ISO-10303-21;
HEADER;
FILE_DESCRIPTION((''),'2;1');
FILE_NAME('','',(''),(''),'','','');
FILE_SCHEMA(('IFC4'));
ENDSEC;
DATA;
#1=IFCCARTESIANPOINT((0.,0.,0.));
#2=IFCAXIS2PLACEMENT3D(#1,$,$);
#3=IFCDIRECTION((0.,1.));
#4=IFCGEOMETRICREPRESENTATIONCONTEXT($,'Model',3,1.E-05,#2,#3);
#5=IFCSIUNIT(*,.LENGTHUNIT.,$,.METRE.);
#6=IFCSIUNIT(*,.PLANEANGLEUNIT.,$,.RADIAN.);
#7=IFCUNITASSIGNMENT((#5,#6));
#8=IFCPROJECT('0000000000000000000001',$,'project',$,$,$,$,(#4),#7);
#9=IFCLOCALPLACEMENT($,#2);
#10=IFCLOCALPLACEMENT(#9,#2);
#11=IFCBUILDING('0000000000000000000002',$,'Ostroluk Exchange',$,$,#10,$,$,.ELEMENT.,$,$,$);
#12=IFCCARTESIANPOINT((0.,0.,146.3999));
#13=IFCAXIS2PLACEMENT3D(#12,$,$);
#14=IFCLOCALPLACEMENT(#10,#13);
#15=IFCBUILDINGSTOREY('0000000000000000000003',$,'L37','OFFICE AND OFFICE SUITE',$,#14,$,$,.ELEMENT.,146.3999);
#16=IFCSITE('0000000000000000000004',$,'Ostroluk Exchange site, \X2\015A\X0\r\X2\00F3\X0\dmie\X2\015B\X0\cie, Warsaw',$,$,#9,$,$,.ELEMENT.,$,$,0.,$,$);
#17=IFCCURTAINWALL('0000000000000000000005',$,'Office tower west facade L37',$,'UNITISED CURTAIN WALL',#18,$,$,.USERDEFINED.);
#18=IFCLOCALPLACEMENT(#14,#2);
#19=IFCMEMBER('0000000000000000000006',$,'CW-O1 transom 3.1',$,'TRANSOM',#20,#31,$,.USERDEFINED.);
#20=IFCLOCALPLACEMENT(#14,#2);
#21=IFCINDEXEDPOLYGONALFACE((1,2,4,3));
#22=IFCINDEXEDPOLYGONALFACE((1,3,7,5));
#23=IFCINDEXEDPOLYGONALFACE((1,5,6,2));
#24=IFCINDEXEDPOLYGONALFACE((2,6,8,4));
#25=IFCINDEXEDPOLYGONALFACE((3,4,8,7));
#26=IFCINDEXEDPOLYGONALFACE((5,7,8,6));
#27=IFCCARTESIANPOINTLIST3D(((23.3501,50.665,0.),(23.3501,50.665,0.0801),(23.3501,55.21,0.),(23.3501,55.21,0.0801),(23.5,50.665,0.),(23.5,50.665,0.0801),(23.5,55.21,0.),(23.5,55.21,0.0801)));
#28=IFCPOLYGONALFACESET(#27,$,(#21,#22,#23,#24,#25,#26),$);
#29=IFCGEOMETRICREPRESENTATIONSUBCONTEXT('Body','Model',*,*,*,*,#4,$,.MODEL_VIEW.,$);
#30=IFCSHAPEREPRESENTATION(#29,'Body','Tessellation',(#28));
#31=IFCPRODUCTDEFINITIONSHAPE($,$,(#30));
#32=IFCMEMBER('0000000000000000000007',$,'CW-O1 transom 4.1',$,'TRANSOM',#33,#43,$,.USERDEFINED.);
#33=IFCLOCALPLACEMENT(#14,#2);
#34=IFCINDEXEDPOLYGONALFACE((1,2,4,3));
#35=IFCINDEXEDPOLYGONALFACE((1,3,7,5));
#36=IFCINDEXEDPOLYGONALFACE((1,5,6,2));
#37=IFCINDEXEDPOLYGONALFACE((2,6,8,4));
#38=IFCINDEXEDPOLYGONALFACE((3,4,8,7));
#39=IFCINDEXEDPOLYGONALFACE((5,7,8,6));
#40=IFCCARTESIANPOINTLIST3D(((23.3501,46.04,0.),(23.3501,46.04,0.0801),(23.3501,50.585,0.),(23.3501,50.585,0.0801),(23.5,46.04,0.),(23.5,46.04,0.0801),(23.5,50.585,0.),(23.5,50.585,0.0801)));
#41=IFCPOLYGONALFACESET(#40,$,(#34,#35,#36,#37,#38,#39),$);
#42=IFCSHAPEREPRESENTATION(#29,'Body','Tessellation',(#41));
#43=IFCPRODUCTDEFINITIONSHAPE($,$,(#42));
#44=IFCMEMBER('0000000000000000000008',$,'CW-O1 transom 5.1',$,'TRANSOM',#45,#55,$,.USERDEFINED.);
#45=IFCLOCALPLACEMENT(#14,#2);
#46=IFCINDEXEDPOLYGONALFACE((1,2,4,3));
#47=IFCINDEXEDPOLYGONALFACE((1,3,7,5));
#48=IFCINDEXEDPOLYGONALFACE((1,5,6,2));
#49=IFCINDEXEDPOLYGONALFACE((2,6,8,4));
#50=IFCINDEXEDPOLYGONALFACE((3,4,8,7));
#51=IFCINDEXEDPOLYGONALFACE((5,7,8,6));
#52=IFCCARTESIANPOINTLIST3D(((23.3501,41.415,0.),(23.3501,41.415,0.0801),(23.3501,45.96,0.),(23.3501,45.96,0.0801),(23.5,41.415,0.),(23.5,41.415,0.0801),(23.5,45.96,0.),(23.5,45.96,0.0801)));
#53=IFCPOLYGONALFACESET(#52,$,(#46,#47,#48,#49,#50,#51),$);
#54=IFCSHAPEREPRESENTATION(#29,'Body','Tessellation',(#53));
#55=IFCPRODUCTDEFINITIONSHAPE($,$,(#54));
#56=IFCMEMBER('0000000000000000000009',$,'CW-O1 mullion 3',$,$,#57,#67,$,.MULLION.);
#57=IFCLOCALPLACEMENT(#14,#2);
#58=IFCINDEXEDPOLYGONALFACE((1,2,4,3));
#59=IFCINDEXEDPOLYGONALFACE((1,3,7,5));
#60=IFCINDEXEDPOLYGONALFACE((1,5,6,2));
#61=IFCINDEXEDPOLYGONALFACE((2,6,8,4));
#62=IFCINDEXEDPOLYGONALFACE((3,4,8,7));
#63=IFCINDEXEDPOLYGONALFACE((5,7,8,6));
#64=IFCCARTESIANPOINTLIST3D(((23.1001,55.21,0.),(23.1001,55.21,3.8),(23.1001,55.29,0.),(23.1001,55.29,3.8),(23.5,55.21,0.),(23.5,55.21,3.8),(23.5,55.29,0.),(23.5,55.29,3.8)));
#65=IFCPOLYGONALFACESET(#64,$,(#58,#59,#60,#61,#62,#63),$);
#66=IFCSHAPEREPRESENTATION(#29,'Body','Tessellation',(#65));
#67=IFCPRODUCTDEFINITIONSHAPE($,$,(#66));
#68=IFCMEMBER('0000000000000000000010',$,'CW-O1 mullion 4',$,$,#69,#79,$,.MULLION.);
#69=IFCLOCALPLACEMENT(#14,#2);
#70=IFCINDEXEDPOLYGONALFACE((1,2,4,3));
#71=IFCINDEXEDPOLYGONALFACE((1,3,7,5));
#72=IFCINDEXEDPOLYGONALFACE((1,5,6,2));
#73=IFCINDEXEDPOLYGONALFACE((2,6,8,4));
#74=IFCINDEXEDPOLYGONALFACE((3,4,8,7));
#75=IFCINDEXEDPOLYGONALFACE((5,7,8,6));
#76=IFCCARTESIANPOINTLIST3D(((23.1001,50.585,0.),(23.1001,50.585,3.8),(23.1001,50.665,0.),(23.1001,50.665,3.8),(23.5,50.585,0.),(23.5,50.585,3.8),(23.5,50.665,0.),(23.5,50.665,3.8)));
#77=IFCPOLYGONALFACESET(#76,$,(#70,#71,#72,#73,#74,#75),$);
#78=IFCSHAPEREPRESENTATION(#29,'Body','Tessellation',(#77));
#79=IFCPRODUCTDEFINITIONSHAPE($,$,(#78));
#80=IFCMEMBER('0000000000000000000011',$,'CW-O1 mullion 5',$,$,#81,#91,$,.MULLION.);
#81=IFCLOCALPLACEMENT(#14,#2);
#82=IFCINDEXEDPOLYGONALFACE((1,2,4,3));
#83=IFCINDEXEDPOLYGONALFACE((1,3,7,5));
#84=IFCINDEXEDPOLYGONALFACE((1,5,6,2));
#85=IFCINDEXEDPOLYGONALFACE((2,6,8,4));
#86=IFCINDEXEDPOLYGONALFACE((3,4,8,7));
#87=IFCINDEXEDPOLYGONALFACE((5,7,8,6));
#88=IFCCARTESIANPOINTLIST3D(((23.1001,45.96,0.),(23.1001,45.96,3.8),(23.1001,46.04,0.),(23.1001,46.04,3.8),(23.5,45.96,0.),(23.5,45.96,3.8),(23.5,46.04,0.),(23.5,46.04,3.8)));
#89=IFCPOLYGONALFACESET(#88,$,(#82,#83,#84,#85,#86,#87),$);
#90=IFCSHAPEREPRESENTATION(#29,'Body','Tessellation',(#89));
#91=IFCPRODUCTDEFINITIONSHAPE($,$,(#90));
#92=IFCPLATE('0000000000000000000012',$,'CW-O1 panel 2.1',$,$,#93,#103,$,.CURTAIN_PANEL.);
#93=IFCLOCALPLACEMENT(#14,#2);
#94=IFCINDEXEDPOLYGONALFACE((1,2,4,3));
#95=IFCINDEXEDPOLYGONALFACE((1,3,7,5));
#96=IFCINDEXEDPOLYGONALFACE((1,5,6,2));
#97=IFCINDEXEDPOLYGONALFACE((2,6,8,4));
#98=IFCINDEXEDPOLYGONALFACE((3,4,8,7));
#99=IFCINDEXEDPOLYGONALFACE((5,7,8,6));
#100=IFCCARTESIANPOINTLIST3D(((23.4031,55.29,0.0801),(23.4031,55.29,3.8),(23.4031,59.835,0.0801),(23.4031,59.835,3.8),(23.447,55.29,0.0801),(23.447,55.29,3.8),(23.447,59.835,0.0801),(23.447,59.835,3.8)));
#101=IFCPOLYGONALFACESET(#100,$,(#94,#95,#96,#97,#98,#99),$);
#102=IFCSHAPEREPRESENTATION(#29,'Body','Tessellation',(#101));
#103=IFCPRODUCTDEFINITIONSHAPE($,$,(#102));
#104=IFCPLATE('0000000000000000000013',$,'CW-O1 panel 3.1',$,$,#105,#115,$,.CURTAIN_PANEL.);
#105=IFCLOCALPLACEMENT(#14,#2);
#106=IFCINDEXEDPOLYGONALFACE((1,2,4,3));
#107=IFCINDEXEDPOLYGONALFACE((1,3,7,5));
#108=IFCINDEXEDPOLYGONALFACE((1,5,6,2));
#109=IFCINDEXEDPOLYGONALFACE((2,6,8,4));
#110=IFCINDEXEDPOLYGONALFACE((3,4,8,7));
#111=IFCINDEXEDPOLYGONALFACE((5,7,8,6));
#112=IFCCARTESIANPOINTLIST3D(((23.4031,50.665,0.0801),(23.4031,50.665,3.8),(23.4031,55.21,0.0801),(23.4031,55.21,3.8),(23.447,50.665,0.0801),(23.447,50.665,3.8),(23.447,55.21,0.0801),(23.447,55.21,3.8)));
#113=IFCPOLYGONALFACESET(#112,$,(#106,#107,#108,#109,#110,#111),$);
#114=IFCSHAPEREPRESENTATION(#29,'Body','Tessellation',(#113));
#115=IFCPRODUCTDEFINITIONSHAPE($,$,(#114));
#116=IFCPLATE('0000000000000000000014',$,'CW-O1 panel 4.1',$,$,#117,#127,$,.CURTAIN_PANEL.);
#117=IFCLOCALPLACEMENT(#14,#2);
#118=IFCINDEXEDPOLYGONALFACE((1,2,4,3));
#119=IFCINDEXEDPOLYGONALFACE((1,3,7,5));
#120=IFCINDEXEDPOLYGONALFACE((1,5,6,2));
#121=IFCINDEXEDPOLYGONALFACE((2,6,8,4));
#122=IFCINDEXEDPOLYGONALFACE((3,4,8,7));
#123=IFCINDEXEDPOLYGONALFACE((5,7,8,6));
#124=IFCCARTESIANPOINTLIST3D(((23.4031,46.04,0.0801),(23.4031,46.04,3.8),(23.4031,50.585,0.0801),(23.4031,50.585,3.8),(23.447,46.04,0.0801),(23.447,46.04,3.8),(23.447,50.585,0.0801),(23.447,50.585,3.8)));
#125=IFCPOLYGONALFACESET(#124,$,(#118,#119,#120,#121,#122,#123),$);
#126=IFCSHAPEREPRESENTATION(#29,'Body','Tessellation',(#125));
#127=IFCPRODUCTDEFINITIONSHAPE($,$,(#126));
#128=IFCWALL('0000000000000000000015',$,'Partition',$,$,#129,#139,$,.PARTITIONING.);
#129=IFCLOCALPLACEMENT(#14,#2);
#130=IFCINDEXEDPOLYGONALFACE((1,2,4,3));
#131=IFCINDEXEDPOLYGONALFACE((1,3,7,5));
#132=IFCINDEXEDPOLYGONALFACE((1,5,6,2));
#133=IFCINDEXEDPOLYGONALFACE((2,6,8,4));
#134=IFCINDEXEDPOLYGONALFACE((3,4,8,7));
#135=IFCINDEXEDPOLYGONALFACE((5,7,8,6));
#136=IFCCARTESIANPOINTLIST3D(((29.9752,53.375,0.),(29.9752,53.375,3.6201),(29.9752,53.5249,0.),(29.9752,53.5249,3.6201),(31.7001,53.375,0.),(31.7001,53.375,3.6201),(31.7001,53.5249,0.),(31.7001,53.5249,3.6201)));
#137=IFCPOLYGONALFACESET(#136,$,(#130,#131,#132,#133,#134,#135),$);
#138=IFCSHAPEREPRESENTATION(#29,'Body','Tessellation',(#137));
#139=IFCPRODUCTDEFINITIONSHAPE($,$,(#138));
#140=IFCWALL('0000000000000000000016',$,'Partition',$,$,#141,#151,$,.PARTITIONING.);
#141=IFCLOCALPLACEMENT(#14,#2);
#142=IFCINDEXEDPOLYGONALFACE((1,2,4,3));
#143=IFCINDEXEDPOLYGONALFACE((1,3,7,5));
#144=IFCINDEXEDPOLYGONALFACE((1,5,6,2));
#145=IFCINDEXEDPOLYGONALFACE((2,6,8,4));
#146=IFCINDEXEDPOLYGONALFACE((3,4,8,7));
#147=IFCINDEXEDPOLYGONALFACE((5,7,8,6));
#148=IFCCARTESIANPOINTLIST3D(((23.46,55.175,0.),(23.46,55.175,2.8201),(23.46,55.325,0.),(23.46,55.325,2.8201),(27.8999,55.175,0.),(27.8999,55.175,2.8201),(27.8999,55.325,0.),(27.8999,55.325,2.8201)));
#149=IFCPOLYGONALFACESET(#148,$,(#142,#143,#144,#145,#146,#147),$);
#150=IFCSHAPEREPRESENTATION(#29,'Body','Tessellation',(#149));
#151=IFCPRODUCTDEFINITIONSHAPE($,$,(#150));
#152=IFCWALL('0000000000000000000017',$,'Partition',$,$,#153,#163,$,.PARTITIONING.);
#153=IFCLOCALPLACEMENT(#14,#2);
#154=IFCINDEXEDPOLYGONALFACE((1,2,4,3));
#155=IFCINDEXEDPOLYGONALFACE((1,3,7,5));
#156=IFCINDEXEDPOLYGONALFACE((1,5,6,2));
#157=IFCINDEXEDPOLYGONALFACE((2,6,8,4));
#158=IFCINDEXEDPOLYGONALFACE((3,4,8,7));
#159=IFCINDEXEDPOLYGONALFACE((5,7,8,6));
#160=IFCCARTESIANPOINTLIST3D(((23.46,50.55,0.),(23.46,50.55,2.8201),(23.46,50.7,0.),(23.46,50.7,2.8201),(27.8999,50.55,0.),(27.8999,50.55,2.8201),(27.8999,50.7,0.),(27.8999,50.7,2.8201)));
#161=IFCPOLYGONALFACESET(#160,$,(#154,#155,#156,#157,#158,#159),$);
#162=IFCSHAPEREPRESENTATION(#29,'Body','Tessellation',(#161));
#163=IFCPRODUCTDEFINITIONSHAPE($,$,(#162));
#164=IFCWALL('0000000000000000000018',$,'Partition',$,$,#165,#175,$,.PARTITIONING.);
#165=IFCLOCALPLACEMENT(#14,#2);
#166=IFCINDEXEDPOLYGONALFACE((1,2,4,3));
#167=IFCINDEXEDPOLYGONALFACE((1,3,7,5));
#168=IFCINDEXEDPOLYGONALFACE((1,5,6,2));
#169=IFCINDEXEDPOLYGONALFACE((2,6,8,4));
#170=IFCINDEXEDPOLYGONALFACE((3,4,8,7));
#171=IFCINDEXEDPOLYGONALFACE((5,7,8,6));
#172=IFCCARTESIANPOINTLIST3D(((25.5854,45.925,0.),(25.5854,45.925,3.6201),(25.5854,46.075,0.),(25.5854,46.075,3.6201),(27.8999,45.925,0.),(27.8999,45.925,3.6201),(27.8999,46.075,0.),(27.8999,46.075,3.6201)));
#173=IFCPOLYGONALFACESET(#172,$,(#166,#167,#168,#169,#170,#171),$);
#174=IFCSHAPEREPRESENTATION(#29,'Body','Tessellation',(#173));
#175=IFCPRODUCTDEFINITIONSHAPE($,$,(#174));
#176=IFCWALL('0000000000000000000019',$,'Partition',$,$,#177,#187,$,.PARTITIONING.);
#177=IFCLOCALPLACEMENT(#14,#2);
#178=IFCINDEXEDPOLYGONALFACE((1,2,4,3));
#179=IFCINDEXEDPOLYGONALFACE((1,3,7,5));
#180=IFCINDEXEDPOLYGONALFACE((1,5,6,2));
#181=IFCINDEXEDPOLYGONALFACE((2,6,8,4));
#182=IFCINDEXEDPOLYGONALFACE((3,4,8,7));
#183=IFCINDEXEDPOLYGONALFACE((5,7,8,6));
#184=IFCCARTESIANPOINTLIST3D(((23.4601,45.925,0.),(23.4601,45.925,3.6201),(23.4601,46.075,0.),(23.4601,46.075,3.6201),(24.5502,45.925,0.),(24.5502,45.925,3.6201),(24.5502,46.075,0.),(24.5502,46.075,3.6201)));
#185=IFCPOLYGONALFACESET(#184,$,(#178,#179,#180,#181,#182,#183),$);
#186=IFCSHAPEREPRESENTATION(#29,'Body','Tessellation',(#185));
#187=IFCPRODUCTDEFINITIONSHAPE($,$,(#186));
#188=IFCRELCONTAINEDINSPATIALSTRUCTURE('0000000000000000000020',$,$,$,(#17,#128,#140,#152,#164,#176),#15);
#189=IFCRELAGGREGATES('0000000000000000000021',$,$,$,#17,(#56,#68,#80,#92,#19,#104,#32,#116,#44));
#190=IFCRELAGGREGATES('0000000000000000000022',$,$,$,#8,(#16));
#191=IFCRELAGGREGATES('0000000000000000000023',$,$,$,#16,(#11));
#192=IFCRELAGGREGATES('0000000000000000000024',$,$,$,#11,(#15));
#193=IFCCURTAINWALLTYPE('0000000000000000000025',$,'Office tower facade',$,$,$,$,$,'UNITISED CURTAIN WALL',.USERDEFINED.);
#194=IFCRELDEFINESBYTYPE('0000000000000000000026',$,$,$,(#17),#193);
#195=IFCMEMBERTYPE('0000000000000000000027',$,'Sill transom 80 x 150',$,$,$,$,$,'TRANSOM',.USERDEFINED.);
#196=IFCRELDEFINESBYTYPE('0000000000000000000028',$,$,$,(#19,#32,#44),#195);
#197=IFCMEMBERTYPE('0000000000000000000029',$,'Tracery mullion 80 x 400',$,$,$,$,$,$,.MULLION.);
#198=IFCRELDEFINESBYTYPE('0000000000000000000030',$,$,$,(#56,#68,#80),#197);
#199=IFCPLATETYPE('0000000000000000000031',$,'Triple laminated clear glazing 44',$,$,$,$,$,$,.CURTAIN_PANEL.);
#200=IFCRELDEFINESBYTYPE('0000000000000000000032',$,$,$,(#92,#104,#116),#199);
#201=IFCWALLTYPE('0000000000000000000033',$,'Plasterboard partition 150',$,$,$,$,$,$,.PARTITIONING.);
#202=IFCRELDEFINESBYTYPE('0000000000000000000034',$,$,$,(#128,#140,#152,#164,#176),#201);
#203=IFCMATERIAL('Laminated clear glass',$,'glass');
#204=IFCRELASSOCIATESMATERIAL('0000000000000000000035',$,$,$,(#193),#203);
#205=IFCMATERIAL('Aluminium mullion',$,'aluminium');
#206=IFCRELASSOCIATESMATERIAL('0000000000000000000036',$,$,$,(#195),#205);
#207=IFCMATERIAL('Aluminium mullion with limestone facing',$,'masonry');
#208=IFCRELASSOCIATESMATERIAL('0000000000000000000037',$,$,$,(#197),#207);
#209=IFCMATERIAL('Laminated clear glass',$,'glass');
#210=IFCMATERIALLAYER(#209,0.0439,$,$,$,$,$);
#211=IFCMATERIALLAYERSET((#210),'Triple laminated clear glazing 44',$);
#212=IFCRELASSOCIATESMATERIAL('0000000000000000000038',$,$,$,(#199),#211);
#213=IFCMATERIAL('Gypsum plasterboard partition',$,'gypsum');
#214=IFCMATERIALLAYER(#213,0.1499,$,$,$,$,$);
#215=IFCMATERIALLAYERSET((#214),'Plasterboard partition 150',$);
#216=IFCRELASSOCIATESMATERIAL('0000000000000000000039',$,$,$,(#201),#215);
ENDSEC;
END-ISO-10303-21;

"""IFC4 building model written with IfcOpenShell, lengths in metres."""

from ifc_helpers import new_model, si_unit, direction, frame, frame_2d, origin, origin_2d, place, context, subcontext, project, spatial, rectangle, extrude, material, layer, layer_set, material_profile, profile_set, type_object, element, aggregate, save


model = new_model("IFC4")

# Units and contexts
model_context = context("Model", 3, precision=1e-05, world=origin(), true_north=direction((0.0, 1.0)))
body_context = subcontext(model_context, "Body", "Model", "MODEL_VIEW")
ifc_project = project(units=[si_unit("LENGTHUNIT", "METRE"), si_unit("PLANEANGLEUNIT", "RADIAN")], contexts=[model_context])

# Site, building, storey
site_placement = place(None, origin())
site = spatial("IfcSite", under=ifc_project, at=site_placement, Name="Ostroluk Exchange site, Śródmieście, Warsaw", CompositionType="ELEMENT", RefElevation=0.0)
building_placement = place(site_placement, origin())
building = spatial("IfcBuilding", under=site, at=building_placement, Name="Ostroluk Exchange", CompositionType="ELEMENT")
storey_placement = place(building_placement, frame((0.0, 0.0, 146.3999)))
storey = spatial("IfcBuildingStorey", under=building, at=storey_placement, Name="L37", Description="OFFICE AND OFFICE SUITE", CompositionType="ELEMENT", Elevation=146.3999)

# Curtain wall, members, plates
ifc_material_1 = material(Name="Laminated clear glass", Category="glass")
curtain_wall_type = type_object("IfcCurtainWallType", Name="Office tower facade", ElementType="UNITISED CURTAIN WALL", PredefinedType="USERDEFINED", material=ifc_material_1)
curtain_wall_placement = place(storey_placement, origin())
curtain_wall = element("IfcCurtainWall", 1, at=curtain_wall_placement, inside=storey, type_object=curtain_wall_type, Name="Office tower west facade L37", ObjectType="UNITISED CURTAIN WALL", PredefinedType="USERDEFINED")
ifc_material_2 = material(Name="Aluminium mullion", Category="aluminium")
ifc_material_profile_1 = material_profile(ifc_material_2, rectangle(XDim=0.1499, YDim=0.0801, at=origin_2d()), Name="Sill transom 80 x 150")
ifc_profile_set_1 = profile_set([ifc_material_profile_1], Name="Aluminium mullion")
member_type_1 = type_object("IfcMemberType", Name="Sill transom 80 x 150", ElementType="TRANSOM", PredefinedType="USERDEFINED", material=ifc_profile_set_1)
member_1_placement = place(storey_placement, frame((23.425, 55.21, 0.04), z_axis=(0.0, -1.0, 0.0), x_axis=(1.0, 0.0, 0.0)))
member_1 = element("IfcMember", 2, at=member_1_placement, type_object=member_type_1, Name="CW-O1 transom 3.1", ObjectType="TRANSOM", PredefinedType="USERDEFINED", context=body_context, shape_type="SweptSolid", body=[
    extrude(rectangle(XDim=0.1499, YDim=0.0801, at=origin_2d()), origin(), (0.0, 0.0, 1.0), 4.5449),
])
member_2_placement = place(storey_placement, frame((23.425, 50.585, 0.04), z_axis=(0.0, -1.0, 0.0), x_axis=(1.0, 0.0, 0.0)))
member_2 = element("IfcMember", 3, at=member_2_placement, type_object=member_type_1, Name="CW-O1 transom 4.1", ObjectType="TRANSOM", PredefinedType="USERDEFINED", context=body_context, shape_type="SweptSolid", body=[
    extrude(rectangle(XDim=0.1499, YDim=0.0801, at=origin_2d()), origin(), (0.0, 0.0, 1.0), 4.5449),
])
member_3_placement = place(storey_placement, frame((23.425, 45.96, 0.04), z_axis=(0.0, -1.0, 0.0), x_axis=(1.0, 0.0, 0.0)))
member_3 = element("IfcMember", 4, at=member_3_placement, type_object=member_type_1, Name="CW-O1 transom 5.1", ObjectType="TRANSOM", PredefinedType="USERDEFINED", context=body_context, shape_type="SweptSolid", body=[
    extrude(rectangle(XDim=0.1499, YDim=0.0801, at=origin_2d()), origin(), (0.0, 0.0, 1.0), 4.5449),
])
ifc_material_3 = material(Name="Aluminium mullion with limestone facing", Category="masonry")
ifc_material_profile_2 = material_profile(ifc_material_3, rectangle(XDim=0.3999, YDim=0.0801, at=origin_2d()), Name="Tracery mullion 80 x 400")
ifc_profile_set_2 = profile_set([ifc_material_profile_2], Name="Aluminium mullion with limestone facing")
member_type_2 = type_object("IfcMemberType", Name="Tracery mullion 80 x 400", PredefinedType="MULLION", material=ifc_profile_set_2)
member_4_placement = place(storey_placement, frame((23.3, 55.25, 0.0), z_axis=(0.0, 0.0, 1.0), x_axis=(1.0, 0.0, 0.0)))
member_4 = element("IfcMember", 5, at=member_4_placement, type_object=member_type_2, Name="CW-O1 mullion 3", PredefinedType="MULLION", context=body_context, shape_type="SweptSolid", body=[
    extrude(rectangle(XDim=0.3999, YDim=0.0801, at=origin_2d()), origin(), (0.0, 0.0, 1.0), 3.8),
])
member_5_placement = place(storey_placement, frame((23.3, 50.625, 0.0), z_axis=(0.0, 0.0, 1.0), x_axis=(1.0, 0.0, 0.0)))
member_5 = element("IfcMember", 6, at=member_5_placement, type_object=member_type_2, Name="CW-O1 mullion 4", PredefinedType="MULLION", context=body_context, shape_type="SweptSolid", body=[
    extrude(rectangle(XDim=0.3999, YDim=0.0801, at=origin_2d()), origin(), (0.0, 0.0, 1.0), 3.8),
])
member_6_placement = place(storey_placement, frame((23.3, 46.0, 0.0), z_axis=(0.0, 0.0, 1.0), x_axis=(1.0, 0.0, 0.0)))
member_6 = element("IfcMember", 7, at=member_6_placement, type_object=member_type_2, Name="CW-O1 mullion 5", PredefinedType="MULLION", context=body_context, shape_type="SweptSolid", body=[
    extrude(rectangle(XDim=0.3999, YDim=0.0801, at=origin_2d()), origin(), (0.0, 0.0, 1.0), 3.8),
])
ifc_material_4 = material(Name="Laminated clear glass", Category="glass")
ifc_layer_1 = layer(ifc_material_4, 0.0439)
ifc_layer_set_1 = layer_set([ifc_layer_1], Name="Triple laminated clear glazing 44")
plate_type = type_object("IfcPlateType", Name="Triple laminated clear glazing 44", PredefinedType="CURTAIN_PANEL", material=ifc_layer_set_1)
plate_1_placement = place(storey_placement, frame((23.425, 57.5625, 0.0801), z_axis=(0.0, 0.0, 1.0), x_axis=(0.0, -1.0, 0.0)))
plate_1 = element("IfcPlate", 8, at=plate_1_placement, type_object=plate_type, Name="CW-O1 panel 2.1", PredefinedType="CURTAIN_PANEL", context=body_context, shape_type="SweptSolid", body=[
    extrude(rectangle(XDim=4.5449, YDim=0.0439, at=origin_2d()), origin(), (0.0, 0.0, 1.0), 3.72),
])
plate_2_placement = place(storey_placement, frame((23.425, 52.9375, 0.0801), z_axis=(0.0, 0.0, 1.0), x_axis=(0.0, -1.0, 0.0)))
plate_2 = element("IfcPlate", 9, at=plate_2_placement, type_object=plate_type, Name="CW-O1 panel 3.1", PredefinedType="CURTAIN_PANEL", context=body_context, shape_type="SweptSolid", body=[
    extrude(rectangle(XDim=4.5449, YDim=0.0439, at=origin_2d()), origin(), (0.0, 0.0, 1.0), 3.72),
])
plate_3_placement = place(storey_placement, frame((23.425, 48.3125, 0.0801), z_axis=(0.0, 0.0, 1.0), x_axis=(0.0, -1.0, 0.0)))
plate_3 = element("IfcPlate", 10, at=plate_3_placement, type_object=plate_type, Name="CW-O1 panel 4.1", PredefinedType="CURTAIN_PANEL", context=body_context, shape_type="SweptSolid", body=[
    extrude(rectangle(XDim=4.5449, YDim=0.0439, at=origin_2d()), origin(), (0.0, 0.0, 1.0), 3.72),
])
aggregate(curtain_wall, [member_4, member_5, member_6, plate_1, member_1, plate_2, member_2, plate_3, member_3])

# Walls
ifc_material_5 = material(Name="Gypsum plasterboard partition", Category="gypsum")
ifc_layer_2 = layer(ifc_material_5, 0.1499)
ifc_layer_set_2 = layer_set([ifc_layer_2], Name="Plasterboard partition 150")
wall_type = type_object("IfcWallType", Name="Plasterboard partition 150", PredefinedType="PARTITIONING", material=ifc_layer_set_2)
wall_1_placement = place(storey_placement, frame((31.7, 53.45, 0.0), z_axis=(0.0, 0.0, 1.0), x_axis=(-1.0, 0.0, 0.0)))
element("IfcWall", 11, at=wall_1_placement, inside=storey, type_object=wall_type, Name="Partition", PredefinedType="PARTITIONING", context=body_context, shape_type="SweptSolid", body=[
    extrude(rectangle(XDim=1.7249, YDim=0.1499, at=frame_2d((0.8623, 0.0))), origin(), (0.0, 0.0, 1.0), 3.6201),
])
for number, where, z_axis, x_axis, name in (
    (12, (27.8999, 55.25, 0.0), (0.0, 0.0, 1.0), (-1.0, 0.0, 0.0), "Partition"),
    (13, (27.8999, 50.625, 0.0), (0.0, 0.0, 1.0), (-1.0, 0.0, 0.0), "Partition"),
):
    element("IfcWall", number, at=place(storey_placement, frame(where, z_axis=z_axis, x_axis=x_axis)), inside=storey, type_object=wall_type, Name=name, PredefinedType="PARTITIONING", context=body_context, shape_type="SweptSolid", body=[
        extrude(rectangle(XDim=4.4399, YDim=0.1499, at=frame_2d((2.22, 0.0))), origin(), (0.0, 0.0, 1.0), 2.8201),
    ])
wall_2_placement = place(storey_placement, frame((27.8999, 46.0, 0.0), z_axis=(0.0, 0.0, 1.0), x_axis=(-1.0, 0.0, 0.0)))
element("IfcWall", 14, at=wall_2_placement, inside=storey, type_object=wall_type, Name="Partition", PredefinedType="PARTITIONING", context=body_context, shape_type="SweptSolid", body=[
    extrude(rectangle(XDim=2.3145, YDim=0.1499, at=frame_2d((1.1572, 0.0))), origin(), (0.0, 0.0, 1.0), 3.6201),
])
wall_3_placement = place(storey_placement, frame((24.55, 46.0, 0.0), z_axis=(0.0, 0.0, 1.0), x_axis=(-1.0, 0.0, 0.0)))
element("IfcWall", 15, at=wall_3_placement, inside=storey, type_object=wall_type, Name="Partition", PredefinedType="PARTITIONING", context=body_context, shape_type="SweptSolid", body=[
    extrude(rectangle(XDim=1.0901, YDim=0.1499, at=frame_2d((0.5449, 0.0))), origin(), (0.0, 0.0, 1.0), 3.6201),
])

save(model, "model.ifc")
